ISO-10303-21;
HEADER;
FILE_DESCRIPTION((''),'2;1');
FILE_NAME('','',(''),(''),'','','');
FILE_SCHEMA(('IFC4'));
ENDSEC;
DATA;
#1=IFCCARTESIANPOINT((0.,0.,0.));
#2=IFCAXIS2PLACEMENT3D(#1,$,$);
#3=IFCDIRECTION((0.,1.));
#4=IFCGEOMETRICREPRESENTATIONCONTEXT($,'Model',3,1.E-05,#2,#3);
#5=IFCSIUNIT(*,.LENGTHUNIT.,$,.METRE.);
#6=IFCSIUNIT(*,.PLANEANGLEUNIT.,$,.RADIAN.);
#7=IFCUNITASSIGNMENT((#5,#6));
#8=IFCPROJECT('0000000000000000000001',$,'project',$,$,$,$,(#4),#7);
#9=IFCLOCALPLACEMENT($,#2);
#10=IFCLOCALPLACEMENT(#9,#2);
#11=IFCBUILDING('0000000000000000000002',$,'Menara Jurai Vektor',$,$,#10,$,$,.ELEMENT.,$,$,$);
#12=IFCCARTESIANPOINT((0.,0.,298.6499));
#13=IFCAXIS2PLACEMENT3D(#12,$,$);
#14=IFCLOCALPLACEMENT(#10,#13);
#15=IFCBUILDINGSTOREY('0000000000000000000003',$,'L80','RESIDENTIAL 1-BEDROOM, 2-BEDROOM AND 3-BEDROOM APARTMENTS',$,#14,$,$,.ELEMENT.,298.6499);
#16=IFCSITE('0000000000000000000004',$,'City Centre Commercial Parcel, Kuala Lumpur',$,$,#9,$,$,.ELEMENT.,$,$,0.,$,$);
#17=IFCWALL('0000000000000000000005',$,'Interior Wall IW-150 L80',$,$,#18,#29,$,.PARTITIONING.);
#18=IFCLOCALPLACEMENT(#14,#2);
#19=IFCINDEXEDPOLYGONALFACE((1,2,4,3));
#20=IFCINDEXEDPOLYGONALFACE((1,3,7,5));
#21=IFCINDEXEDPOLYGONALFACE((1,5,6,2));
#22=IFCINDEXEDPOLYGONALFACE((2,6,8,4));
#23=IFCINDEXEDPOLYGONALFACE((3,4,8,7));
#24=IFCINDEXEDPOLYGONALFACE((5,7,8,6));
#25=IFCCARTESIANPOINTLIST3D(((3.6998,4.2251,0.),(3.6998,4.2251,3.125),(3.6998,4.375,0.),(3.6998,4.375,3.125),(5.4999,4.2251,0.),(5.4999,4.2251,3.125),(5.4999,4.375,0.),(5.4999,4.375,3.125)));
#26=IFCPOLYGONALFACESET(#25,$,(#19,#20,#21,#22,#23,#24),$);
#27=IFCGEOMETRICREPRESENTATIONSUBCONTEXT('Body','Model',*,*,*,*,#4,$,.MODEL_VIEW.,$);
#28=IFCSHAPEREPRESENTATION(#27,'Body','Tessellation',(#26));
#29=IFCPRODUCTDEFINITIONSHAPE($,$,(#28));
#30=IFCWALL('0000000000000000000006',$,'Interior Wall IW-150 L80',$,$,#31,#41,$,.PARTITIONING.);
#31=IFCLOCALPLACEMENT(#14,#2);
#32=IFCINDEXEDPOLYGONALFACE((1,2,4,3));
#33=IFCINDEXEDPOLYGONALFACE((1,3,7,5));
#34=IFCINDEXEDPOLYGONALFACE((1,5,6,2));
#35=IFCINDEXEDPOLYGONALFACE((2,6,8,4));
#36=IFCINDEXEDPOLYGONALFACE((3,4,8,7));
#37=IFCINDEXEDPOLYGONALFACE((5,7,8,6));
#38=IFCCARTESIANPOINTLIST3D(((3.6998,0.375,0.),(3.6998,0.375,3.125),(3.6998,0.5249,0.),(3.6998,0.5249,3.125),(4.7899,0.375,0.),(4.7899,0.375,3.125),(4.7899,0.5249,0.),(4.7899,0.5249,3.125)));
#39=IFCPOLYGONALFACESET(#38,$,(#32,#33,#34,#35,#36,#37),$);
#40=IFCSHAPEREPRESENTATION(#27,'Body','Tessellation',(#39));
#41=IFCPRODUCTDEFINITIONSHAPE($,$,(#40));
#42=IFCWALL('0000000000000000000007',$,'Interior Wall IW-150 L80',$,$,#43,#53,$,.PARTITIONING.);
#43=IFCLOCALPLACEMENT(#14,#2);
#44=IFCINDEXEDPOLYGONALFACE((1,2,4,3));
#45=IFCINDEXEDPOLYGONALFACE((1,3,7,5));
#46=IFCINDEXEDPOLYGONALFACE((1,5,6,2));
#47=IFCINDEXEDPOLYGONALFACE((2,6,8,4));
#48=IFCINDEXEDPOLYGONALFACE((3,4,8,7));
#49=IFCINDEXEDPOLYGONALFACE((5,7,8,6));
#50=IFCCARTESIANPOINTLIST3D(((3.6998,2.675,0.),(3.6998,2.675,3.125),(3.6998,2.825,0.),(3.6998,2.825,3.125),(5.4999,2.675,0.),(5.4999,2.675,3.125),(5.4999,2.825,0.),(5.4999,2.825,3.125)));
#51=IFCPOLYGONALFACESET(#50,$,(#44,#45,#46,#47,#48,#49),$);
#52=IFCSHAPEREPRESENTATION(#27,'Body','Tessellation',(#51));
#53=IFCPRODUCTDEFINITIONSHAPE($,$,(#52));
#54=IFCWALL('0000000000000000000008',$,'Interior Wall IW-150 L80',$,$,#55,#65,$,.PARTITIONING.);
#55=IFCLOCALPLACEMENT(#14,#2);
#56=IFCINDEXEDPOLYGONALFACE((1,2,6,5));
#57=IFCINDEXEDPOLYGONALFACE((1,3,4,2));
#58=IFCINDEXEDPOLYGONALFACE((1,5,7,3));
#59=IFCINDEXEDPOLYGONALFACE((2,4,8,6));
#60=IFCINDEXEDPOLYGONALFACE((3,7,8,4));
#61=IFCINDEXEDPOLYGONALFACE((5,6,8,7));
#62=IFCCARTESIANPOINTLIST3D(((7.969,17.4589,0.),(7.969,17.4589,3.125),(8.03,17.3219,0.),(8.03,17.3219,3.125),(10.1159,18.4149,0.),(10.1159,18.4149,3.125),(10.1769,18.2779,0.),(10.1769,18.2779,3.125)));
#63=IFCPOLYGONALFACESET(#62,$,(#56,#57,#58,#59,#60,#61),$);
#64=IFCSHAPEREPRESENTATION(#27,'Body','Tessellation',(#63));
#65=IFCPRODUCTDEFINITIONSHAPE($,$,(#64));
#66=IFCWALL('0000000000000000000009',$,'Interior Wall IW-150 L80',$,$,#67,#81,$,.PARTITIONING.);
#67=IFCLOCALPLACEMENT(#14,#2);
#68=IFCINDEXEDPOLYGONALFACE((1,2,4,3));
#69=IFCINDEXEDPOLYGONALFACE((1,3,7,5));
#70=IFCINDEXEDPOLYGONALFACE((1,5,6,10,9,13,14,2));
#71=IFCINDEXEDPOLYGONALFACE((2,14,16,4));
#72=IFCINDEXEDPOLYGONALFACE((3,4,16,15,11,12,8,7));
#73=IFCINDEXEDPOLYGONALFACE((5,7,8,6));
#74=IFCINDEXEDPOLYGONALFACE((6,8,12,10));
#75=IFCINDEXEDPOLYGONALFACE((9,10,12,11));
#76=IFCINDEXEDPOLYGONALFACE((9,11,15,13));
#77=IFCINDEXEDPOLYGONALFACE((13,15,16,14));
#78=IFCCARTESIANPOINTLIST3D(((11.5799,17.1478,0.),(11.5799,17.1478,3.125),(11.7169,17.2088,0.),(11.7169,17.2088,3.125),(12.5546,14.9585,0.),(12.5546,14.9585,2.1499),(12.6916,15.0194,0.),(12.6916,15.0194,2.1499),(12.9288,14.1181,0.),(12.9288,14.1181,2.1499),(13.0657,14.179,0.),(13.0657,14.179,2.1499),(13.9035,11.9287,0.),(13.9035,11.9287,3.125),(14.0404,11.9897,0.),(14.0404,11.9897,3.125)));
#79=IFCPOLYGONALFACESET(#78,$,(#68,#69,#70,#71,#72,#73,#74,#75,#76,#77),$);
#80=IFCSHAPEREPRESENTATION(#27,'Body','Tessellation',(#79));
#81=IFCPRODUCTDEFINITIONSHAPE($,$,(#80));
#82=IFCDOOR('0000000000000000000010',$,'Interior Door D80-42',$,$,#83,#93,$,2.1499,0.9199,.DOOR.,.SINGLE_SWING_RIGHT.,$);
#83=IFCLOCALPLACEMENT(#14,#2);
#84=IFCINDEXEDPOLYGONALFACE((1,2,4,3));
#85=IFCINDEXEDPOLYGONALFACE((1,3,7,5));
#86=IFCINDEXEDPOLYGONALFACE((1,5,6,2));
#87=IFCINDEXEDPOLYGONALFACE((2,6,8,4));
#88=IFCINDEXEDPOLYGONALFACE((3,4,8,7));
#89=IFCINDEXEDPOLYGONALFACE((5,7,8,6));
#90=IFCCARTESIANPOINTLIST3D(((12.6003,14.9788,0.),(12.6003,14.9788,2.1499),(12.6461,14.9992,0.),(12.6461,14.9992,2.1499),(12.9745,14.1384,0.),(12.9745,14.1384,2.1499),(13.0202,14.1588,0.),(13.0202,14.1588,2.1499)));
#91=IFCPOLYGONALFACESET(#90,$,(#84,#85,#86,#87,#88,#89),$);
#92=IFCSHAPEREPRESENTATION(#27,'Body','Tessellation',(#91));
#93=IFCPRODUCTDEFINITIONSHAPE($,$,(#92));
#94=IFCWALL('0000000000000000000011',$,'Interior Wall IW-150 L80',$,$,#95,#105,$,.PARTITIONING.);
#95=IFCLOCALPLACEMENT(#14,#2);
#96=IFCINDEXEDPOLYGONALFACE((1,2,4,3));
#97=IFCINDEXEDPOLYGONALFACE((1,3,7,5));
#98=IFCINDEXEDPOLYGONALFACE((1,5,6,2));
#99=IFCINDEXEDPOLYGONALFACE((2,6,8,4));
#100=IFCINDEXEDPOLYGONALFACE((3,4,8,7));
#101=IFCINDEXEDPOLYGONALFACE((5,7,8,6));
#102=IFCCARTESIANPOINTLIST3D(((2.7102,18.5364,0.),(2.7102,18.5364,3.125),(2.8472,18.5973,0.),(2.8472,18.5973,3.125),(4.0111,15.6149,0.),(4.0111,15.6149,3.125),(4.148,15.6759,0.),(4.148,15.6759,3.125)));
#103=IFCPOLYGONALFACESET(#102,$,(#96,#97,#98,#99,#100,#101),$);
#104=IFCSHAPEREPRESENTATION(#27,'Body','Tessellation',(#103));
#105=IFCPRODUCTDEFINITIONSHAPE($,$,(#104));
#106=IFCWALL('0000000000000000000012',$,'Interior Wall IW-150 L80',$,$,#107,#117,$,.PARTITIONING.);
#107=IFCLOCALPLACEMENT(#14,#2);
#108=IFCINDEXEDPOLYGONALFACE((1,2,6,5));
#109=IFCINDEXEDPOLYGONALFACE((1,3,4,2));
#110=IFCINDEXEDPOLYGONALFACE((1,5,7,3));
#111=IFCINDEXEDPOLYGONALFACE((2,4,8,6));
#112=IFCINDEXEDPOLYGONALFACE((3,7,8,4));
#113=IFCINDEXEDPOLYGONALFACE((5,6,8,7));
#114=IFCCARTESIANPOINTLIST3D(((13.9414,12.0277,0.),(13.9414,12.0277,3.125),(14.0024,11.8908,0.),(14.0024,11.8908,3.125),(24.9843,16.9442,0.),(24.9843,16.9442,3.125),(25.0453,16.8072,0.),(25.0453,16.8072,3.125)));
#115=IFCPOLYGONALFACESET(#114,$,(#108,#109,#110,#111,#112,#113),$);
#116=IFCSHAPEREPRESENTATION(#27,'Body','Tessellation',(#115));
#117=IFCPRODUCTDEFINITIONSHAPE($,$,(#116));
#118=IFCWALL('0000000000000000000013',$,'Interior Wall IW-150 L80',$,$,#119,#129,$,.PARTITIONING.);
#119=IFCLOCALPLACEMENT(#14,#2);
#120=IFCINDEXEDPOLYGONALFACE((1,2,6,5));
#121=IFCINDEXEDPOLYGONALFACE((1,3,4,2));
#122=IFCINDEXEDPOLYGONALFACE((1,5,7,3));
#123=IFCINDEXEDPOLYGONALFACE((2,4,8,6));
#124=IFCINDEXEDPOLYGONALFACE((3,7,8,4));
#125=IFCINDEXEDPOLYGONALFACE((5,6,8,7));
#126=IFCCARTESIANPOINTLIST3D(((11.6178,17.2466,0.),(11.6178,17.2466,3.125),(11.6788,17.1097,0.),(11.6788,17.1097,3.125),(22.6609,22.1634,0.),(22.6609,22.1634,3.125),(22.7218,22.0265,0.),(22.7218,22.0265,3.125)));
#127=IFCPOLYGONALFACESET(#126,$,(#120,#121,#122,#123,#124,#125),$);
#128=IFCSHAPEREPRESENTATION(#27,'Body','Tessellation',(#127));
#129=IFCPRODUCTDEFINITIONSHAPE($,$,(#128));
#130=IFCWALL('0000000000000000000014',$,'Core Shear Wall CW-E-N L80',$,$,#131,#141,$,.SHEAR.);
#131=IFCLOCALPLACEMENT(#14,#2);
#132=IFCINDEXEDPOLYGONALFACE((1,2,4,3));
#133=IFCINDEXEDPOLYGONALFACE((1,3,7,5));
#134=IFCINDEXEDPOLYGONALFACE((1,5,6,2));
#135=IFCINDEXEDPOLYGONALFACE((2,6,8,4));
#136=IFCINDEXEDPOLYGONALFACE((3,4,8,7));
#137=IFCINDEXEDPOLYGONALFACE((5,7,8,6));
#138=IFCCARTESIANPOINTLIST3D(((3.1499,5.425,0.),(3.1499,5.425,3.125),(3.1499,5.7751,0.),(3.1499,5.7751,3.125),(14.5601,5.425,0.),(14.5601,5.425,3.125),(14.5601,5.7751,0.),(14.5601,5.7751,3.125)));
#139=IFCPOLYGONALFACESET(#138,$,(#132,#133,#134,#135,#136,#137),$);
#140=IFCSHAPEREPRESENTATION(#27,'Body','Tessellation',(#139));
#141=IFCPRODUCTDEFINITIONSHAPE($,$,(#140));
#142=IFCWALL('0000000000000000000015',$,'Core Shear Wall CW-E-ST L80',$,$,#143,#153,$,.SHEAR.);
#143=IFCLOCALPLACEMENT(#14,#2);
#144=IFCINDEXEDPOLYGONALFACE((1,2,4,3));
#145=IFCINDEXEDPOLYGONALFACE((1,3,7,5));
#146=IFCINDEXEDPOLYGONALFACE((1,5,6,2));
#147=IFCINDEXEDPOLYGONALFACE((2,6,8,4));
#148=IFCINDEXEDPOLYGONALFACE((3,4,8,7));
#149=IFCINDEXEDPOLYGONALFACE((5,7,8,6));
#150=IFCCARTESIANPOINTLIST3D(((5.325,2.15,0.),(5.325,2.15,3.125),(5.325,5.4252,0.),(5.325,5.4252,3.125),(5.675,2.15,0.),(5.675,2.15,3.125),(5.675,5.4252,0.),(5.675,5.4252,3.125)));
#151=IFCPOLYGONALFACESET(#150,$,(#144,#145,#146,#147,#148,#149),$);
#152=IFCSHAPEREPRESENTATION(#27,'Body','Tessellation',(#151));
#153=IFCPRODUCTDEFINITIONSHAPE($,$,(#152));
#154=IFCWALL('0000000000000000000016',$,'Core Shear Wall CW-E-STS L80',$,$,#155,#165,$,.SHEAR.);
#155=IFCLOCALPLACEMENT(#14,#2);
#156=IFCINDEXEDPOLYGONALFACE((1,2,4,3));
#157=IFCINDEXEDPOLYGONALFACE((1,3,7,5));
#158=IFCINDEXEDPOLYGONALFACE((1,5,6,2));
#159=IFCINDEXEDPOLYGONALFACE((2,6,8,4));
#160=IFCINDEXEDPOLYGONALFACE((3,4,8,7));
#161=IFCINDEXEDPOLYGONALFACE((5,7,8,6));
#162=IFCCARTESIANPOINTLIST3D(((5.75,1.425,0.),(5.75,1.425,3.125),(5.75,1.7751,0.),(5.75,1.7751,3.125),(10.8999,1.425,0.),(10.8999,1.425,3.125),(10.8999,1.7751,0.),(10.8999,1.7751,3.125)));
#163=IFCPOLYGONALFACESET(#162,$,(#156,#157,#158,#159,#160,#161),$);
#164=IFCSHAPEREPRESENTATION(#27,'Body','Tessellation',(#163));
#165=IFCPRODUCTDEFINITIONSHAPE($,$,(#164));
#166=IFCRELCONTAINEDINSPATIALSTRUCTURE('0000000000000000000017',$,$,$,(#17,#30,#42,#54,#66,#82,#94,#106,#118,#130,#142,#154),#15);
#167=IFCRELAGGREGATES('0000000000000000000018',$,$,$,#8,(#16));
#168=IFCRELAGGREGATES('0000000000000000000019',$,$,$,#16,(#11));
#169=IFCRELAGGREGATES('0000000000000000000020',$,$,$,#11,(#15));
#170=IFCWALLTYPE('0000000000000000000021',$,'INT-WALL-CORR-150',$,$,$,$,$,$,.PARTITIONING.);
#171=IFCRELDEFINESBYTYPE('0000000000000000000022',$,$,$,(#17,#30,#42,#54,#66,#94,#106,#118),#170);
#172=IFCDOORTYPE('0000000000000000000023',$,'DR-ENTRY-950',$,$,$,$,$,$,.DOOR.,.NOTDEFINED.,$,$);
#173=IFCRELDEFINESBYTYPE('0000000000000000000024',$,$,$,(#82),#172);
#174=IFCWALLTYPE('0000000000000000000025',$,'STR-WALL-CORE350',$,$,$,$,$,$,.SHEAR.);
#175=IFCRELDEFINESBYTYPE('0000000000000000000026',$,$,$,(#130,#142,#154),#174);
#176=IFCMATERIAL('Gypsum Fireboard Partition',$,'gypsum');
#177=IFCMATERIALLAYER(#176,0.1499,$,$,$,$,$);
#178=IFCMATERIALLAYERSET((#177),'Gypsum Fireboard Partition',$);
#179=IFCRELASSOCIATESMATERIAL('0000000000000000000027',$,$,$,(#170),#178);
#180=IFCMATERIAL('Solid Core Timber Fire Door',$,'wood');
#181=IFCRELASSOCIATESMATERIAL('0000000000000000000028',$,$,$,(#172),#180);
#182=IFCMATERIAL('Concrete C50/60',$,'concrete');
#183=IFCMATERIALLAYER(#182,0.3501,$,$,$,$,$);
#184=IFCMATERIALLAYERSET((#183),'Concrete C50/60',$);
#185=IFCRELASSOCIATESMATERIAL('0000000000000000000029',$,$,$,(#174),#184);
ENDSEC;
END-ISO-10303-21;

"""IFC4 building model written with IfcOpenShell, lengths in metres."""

from ifc_helpers import new_model, si_unit, direction, frame, frame_2d, origin, place, context, subcontext, project, spatial, rectangle, extrude, material, layer, layer_set, type_object, element, fill, save


model = new_model("IFC4")

# Units and contexts
model_context = context("Model", 3, precision=1e-05, world=origin(), true_north=direction((0.0, 1.0)))
body_context = subcontext(model_context, "Body", "Model", "MODEL_VIEW")
ifc_project = project(units=[si_unit("LENGTHUNIT", "METRE"), si_unit("PLANEANGLEUNIT", "RADIAN")], contexts=[model_context])

# Site, building, storey
site_placement = place(None, origin())
site = spatial("IfcSite", under=ifc_project, at=site_placement, Name="City Centre Commercial Parcel, Kuala Lumpur", CompositionType="ELEMENT", RefElevation=0.0)
building_placement = place(site_placement, origin())
building = spatial("IfcBuilding", under=site, at=building_placement, Name="Menara Jurai Vektor", CompositionType="ELEMENT")
storey_placement = place(building_placement, frame((0.0, 0.0, 298.6499)))
storey = spatial("IfcBuildingStorey", under=building, at=storey_placement, Name="L80", Description="RESIDENTIAL 1-BEDROOM, 2-BEDROOM AND 3-BEDROOM APARTMENTS", CompositionType="ELEMENT", Elevation=298.6499)

# Shared definitions
ifc_material_1 = material(Name="Concrete C50/60", Category="concrete")

# Walls
ifc_material_2 = material(Name="Gypsum Fireboard Partition", Category="gypsum")
ifc_layer_1 = layer(ifc_material_2, 0.1499)
ifc_layer_set_1 = layer_set([ifc_layer_1], Name="Gypsum Fireboard Partition")
wall_type_1 = type_object("IfcWallType", Name="INT-WALL-CORR-150", PredefinedType="PARTITIONING", material=ifc_layer_set_1)
wall_1_placement = place(storey_placement, frame((3.7, 4.3, 0.0), z_axis=(0.0, 0.0, 1.0), x_axis=(1.0, 0.0, 0.0)))
element("IfcWall", 1, at=wall_1_placement, inside=storey, type_object=wall_type_1, Name="Interior Wall IW-150 L80", PredefinedType="PARTITIONING", context=body_context, shape_type="SweptSolid", body=[
    extrude(rectangle(XDim=1.8, YDim=0.1499, at=frame_2d((0.8999, 0.0))), origin(), (0.0, 0.0, 1.0), 3.125),
])
wall_2_placement = place(storey_placement, frame((3.7, 0.45, 0.0), z_axis=(0.0, 0.0, 1.0), x_axis=(1.0, 0.0, 0.0)))
element("IfcWall", 2, at=wall_2_placement, inside=storey, type_object=wall_type_1, Name="Interior Wall IW-150 L80", PredefinedType="PARTITIONING", context=body_context, shape_type="SweptSolid", body=[
    extrude(rectangle(XDim=1.0901, YDim=0.1499, at=frame_2d((0.5449, 0.0))), origin(), (0.0, 0.0, 1.0), 3.125),
])
wall_3_placement = place(storey_placement, frame((3.7, 2.75, 0.0), z_axis=(0.0, 0.0, 1.0), x_axis=(1.0, 0.0, 0.0)))
element("IfcWall", 3, at=wall_3_placement, inside=storey, type_object=wall_type_1, Name="Interior Wall IW-150 L80", PredefinedType="PARTITIONING", context=body_context, shape_type="SweptSolid", body=[
    extrude(rectangle(XDim=1.8, YDim=0.1499, at=frame_2d((0.8999, 0.0))), origin(), (0.0, 0.0, 1.0), 3.125),
])

# Shared definitions
ifc_material_3 = material(Name="Solid Core Timber Fire Door", Category="wood")
door_type_1 = type_object("IfcDoorType", Name="DR-ENTRY-950", OperationType="NOTDEFINED", PredefinedType="DOOR", material=ifc_material_3)

# Wall
wall_4_placement = place(storey_placement, frame((7.9995, 17.3904, 0.0), z_axis=(0.0, 0.0, 1.0), x_axis=(0.91352, 0.406794, 0.0)))
element("IfcWall", 4, at=wall_4_placement, inside=storey, type_object=wall_type_1, Name="Interior Wall IW-150 L80", PredefinedType="PARTITIONING", context=body_context, shape_type="SweptSolid", body=[
    extrude(rectangle(XDim=2.3501, YDim=0.1499, at=frame_2d((1.175, 0.0))), origin(), (0.0, 0.0, 1.0), 3.125),
])

# Wall, opening, door
wall_5_placement = place(storey_placement, frame((13.9719, 11.9592, 0.0), z_axis=(0.0, 0.0, 1.0), x_axis=(-0.406713, 0.913556, 0.0)))
wall_5 = element("IfcWall", 5, at=wall_5_placement, inside=storey, type_object=wall_type_1, Name="Interior Wall IW-150 L80", PredefinedType="PARTITIONING", context=body_context, shape_type="SweptSolid", body=[
    extrude(rectangle(XDim=5.7129, YDim=0.1499, at=frame_2d((2.8564, 0.0))), origin(), (0.0, 0.0, 1.0), 3.125),
])
opening_1_placement = place(wall_5_placement, frame((2.3965, 0.0, 0.0)))
opening_1 = element("IfcOpeningElement", 6, at=opening_1_placement, cuts=wall_5, PredefinedType="OPENING", context=body_context, shape_type="SweptSolid", body=[
    extrude(rectangle(XDim=0.9199, YDim=2.1499, at=frame_2d((0.46, 1.075))), frame((0.0, 0.085, 0.0), z_axis=(0.0, -1.0, 0.0), x_axis=(1.0, 0.0, 0.0)), (0.0, 0.0, 1.0), 0.1699),
])
door_1_placement = place(opening_1_placement, origin())
door_1 = element("IfcDoor", 7, at=door_1_placement, inside=storey, type_object=door_type_1, Name="Interior Door D80-42", OperationType="SINGLE_SWING_RIGHT", OverallHeight=2.1499, OverallWidth=0.9199, PredefinedType="DOOR", context=body_context, shape_type="SweptSolid", body=[
    extrude(rectangle(XDim=0.9199, YDim=2.1499, at=frame_2d((0.46, 1.075))), frame((0.0, 0.0249, 0.0), z_axis=(0.0, -1.0, 0.0), x_axis=(1.0, 0.0, 0.0)), (0.0, 0.0, 1.0), 0.05),
])
fill(opening_1, door_1)

# Walls
wall_6_placement = place(storey_placement, frame((4.0796, 15.6453, 0.0), z_axis=(0.0, 0.0, 1.0), x_axis=(-0.406762, 0.913534, 0.0)))
element("IfcWall", 8, at=wall_6_placement, inside=storey, type_object=wall_type_1, Name="Interior Wall IW-150 L80", PredefinedType="PARTITIONING", context=body_context, shape_type="SweptSolid", body=[
    extrude(rectangle(XDim=3.198, YDim=0.1499, at=frame_2d((1.5991, 0.0))), origin(), (0.0, 0.0, 1.0), 3.125),
])
wall_7_placement = place(storey_placement, frame((13.9719, 11.9592, 0.0), z_axis=(0.0, 0.0, 1.0), x_axis=(0.91355, 0.406727, 0.0)))
element("IfcWall", 9, at=wall_7_placement, inside=storey, type_object=wall_type_1, Name="Interior Wall IW-150 L80", PredefinedType="PARTITIONING", context=body_context, shape_type="SweptSolid", body=[
    extrude(rectangle(XDim=12.0879, YDim=0.1499, at=frame_2d((6.0439, 0.0))), origin(), (0.0, 0.0, 1.0), 3.125),
])
wall_8_placement = place(storey_placement, frame((11.6484, 17.1782, 0.0), z_axis=(0.0, 0.0, 1.0), x_axis=(0.913542, 0.406744, 0.0)))
element("IfcWall", 10, at=wall_8_placement, inside=storey, type_object=wall_type_1, Name="Interior Wall IW-150 L80", PredefinedType="PARTITIONING", context=body_context, shape_type="SweptSolid", body=[
    extrude(rectangle(XDim=12.0881, YDim=0.1499, at=frame_2d((6.0439, 0.0))), origin(), (0.0, 0.0, 1.0), 3.125),
])
ifc_layer_2 = layer(ifc_material_1, 0.3501)
ifc_layer_set_2 = layer_set([ifc_layer_2], Name="Concrete C50/60")
wall_type_2 = type_object("IfcWallType", Name="STR-WALL-CORE350", PredefinedType="SHEAR", material=ifc_layer_set_2)
wall_9_placement = place(storey_placement, frame((3.1499, 5.6001, 0.0), z_axis=(0.0, 0.0, 1.0), x_axis=(1.0, 0.0, 0.0)))
element("IfcWall", 11, at=wall_9_placement, inside=storey, type_object=wall_type_2, Name="Core Shear Wall CW-E-N L80", PredefinedType="SHEAR", context=body_context, shape_type="SweptSolid", body=[
    extrude(rectangle(XDim=11.4102, YDim=0.3501, at=frame_2d((5.7051, 0.0))), origin(), (0.0, 0.0, 1.0), 3.125),
])
wall_10_placement = place(storey_placement, frame((5.5, 2.1499, 0.0), z_axis=(0.0, 0.0, 1.0), x_axis=(0.0, 1.0, 0.0)))
element("IfcWall", 12, at=wall_10_placement, inside=storey, type_object=wall_type_2, Name="Core Shear Wall CW-E-ST L80", PredefinedType="SHEAR", context=body_context, shape_type="SweptSolid", body=[
    extrude(rectangle(XDim=3.2751, YDim=0.3501, at=frame_2d((1.6377, 0.0))), origin(), (0.0, 0.0, 1.0), 3.125),
])
wall_11_placement = place(storey_placement, frame((5.75, 1.6001, 0.0), z_axis=(0.0, 0.0, 1.0), x_axis=(1.0, 0.0, 0.0)))
element("IfcWall", 13, at=wall_11_placement, inside=storey, type_object=wall_type_2, Name="Core Shear Wall CW-E-STS L80", PredefinedType="SHEAR", context=body_context, shape_type="SweptSolid", body=[
    extrude(rectangle(XDim=5.1499, YDim=0.3501, at=frame_2d((2.575, 0.0))), origin(), (0.0, 0.0, 1.0), 3.125),
])

save(model, "model.ifc")
